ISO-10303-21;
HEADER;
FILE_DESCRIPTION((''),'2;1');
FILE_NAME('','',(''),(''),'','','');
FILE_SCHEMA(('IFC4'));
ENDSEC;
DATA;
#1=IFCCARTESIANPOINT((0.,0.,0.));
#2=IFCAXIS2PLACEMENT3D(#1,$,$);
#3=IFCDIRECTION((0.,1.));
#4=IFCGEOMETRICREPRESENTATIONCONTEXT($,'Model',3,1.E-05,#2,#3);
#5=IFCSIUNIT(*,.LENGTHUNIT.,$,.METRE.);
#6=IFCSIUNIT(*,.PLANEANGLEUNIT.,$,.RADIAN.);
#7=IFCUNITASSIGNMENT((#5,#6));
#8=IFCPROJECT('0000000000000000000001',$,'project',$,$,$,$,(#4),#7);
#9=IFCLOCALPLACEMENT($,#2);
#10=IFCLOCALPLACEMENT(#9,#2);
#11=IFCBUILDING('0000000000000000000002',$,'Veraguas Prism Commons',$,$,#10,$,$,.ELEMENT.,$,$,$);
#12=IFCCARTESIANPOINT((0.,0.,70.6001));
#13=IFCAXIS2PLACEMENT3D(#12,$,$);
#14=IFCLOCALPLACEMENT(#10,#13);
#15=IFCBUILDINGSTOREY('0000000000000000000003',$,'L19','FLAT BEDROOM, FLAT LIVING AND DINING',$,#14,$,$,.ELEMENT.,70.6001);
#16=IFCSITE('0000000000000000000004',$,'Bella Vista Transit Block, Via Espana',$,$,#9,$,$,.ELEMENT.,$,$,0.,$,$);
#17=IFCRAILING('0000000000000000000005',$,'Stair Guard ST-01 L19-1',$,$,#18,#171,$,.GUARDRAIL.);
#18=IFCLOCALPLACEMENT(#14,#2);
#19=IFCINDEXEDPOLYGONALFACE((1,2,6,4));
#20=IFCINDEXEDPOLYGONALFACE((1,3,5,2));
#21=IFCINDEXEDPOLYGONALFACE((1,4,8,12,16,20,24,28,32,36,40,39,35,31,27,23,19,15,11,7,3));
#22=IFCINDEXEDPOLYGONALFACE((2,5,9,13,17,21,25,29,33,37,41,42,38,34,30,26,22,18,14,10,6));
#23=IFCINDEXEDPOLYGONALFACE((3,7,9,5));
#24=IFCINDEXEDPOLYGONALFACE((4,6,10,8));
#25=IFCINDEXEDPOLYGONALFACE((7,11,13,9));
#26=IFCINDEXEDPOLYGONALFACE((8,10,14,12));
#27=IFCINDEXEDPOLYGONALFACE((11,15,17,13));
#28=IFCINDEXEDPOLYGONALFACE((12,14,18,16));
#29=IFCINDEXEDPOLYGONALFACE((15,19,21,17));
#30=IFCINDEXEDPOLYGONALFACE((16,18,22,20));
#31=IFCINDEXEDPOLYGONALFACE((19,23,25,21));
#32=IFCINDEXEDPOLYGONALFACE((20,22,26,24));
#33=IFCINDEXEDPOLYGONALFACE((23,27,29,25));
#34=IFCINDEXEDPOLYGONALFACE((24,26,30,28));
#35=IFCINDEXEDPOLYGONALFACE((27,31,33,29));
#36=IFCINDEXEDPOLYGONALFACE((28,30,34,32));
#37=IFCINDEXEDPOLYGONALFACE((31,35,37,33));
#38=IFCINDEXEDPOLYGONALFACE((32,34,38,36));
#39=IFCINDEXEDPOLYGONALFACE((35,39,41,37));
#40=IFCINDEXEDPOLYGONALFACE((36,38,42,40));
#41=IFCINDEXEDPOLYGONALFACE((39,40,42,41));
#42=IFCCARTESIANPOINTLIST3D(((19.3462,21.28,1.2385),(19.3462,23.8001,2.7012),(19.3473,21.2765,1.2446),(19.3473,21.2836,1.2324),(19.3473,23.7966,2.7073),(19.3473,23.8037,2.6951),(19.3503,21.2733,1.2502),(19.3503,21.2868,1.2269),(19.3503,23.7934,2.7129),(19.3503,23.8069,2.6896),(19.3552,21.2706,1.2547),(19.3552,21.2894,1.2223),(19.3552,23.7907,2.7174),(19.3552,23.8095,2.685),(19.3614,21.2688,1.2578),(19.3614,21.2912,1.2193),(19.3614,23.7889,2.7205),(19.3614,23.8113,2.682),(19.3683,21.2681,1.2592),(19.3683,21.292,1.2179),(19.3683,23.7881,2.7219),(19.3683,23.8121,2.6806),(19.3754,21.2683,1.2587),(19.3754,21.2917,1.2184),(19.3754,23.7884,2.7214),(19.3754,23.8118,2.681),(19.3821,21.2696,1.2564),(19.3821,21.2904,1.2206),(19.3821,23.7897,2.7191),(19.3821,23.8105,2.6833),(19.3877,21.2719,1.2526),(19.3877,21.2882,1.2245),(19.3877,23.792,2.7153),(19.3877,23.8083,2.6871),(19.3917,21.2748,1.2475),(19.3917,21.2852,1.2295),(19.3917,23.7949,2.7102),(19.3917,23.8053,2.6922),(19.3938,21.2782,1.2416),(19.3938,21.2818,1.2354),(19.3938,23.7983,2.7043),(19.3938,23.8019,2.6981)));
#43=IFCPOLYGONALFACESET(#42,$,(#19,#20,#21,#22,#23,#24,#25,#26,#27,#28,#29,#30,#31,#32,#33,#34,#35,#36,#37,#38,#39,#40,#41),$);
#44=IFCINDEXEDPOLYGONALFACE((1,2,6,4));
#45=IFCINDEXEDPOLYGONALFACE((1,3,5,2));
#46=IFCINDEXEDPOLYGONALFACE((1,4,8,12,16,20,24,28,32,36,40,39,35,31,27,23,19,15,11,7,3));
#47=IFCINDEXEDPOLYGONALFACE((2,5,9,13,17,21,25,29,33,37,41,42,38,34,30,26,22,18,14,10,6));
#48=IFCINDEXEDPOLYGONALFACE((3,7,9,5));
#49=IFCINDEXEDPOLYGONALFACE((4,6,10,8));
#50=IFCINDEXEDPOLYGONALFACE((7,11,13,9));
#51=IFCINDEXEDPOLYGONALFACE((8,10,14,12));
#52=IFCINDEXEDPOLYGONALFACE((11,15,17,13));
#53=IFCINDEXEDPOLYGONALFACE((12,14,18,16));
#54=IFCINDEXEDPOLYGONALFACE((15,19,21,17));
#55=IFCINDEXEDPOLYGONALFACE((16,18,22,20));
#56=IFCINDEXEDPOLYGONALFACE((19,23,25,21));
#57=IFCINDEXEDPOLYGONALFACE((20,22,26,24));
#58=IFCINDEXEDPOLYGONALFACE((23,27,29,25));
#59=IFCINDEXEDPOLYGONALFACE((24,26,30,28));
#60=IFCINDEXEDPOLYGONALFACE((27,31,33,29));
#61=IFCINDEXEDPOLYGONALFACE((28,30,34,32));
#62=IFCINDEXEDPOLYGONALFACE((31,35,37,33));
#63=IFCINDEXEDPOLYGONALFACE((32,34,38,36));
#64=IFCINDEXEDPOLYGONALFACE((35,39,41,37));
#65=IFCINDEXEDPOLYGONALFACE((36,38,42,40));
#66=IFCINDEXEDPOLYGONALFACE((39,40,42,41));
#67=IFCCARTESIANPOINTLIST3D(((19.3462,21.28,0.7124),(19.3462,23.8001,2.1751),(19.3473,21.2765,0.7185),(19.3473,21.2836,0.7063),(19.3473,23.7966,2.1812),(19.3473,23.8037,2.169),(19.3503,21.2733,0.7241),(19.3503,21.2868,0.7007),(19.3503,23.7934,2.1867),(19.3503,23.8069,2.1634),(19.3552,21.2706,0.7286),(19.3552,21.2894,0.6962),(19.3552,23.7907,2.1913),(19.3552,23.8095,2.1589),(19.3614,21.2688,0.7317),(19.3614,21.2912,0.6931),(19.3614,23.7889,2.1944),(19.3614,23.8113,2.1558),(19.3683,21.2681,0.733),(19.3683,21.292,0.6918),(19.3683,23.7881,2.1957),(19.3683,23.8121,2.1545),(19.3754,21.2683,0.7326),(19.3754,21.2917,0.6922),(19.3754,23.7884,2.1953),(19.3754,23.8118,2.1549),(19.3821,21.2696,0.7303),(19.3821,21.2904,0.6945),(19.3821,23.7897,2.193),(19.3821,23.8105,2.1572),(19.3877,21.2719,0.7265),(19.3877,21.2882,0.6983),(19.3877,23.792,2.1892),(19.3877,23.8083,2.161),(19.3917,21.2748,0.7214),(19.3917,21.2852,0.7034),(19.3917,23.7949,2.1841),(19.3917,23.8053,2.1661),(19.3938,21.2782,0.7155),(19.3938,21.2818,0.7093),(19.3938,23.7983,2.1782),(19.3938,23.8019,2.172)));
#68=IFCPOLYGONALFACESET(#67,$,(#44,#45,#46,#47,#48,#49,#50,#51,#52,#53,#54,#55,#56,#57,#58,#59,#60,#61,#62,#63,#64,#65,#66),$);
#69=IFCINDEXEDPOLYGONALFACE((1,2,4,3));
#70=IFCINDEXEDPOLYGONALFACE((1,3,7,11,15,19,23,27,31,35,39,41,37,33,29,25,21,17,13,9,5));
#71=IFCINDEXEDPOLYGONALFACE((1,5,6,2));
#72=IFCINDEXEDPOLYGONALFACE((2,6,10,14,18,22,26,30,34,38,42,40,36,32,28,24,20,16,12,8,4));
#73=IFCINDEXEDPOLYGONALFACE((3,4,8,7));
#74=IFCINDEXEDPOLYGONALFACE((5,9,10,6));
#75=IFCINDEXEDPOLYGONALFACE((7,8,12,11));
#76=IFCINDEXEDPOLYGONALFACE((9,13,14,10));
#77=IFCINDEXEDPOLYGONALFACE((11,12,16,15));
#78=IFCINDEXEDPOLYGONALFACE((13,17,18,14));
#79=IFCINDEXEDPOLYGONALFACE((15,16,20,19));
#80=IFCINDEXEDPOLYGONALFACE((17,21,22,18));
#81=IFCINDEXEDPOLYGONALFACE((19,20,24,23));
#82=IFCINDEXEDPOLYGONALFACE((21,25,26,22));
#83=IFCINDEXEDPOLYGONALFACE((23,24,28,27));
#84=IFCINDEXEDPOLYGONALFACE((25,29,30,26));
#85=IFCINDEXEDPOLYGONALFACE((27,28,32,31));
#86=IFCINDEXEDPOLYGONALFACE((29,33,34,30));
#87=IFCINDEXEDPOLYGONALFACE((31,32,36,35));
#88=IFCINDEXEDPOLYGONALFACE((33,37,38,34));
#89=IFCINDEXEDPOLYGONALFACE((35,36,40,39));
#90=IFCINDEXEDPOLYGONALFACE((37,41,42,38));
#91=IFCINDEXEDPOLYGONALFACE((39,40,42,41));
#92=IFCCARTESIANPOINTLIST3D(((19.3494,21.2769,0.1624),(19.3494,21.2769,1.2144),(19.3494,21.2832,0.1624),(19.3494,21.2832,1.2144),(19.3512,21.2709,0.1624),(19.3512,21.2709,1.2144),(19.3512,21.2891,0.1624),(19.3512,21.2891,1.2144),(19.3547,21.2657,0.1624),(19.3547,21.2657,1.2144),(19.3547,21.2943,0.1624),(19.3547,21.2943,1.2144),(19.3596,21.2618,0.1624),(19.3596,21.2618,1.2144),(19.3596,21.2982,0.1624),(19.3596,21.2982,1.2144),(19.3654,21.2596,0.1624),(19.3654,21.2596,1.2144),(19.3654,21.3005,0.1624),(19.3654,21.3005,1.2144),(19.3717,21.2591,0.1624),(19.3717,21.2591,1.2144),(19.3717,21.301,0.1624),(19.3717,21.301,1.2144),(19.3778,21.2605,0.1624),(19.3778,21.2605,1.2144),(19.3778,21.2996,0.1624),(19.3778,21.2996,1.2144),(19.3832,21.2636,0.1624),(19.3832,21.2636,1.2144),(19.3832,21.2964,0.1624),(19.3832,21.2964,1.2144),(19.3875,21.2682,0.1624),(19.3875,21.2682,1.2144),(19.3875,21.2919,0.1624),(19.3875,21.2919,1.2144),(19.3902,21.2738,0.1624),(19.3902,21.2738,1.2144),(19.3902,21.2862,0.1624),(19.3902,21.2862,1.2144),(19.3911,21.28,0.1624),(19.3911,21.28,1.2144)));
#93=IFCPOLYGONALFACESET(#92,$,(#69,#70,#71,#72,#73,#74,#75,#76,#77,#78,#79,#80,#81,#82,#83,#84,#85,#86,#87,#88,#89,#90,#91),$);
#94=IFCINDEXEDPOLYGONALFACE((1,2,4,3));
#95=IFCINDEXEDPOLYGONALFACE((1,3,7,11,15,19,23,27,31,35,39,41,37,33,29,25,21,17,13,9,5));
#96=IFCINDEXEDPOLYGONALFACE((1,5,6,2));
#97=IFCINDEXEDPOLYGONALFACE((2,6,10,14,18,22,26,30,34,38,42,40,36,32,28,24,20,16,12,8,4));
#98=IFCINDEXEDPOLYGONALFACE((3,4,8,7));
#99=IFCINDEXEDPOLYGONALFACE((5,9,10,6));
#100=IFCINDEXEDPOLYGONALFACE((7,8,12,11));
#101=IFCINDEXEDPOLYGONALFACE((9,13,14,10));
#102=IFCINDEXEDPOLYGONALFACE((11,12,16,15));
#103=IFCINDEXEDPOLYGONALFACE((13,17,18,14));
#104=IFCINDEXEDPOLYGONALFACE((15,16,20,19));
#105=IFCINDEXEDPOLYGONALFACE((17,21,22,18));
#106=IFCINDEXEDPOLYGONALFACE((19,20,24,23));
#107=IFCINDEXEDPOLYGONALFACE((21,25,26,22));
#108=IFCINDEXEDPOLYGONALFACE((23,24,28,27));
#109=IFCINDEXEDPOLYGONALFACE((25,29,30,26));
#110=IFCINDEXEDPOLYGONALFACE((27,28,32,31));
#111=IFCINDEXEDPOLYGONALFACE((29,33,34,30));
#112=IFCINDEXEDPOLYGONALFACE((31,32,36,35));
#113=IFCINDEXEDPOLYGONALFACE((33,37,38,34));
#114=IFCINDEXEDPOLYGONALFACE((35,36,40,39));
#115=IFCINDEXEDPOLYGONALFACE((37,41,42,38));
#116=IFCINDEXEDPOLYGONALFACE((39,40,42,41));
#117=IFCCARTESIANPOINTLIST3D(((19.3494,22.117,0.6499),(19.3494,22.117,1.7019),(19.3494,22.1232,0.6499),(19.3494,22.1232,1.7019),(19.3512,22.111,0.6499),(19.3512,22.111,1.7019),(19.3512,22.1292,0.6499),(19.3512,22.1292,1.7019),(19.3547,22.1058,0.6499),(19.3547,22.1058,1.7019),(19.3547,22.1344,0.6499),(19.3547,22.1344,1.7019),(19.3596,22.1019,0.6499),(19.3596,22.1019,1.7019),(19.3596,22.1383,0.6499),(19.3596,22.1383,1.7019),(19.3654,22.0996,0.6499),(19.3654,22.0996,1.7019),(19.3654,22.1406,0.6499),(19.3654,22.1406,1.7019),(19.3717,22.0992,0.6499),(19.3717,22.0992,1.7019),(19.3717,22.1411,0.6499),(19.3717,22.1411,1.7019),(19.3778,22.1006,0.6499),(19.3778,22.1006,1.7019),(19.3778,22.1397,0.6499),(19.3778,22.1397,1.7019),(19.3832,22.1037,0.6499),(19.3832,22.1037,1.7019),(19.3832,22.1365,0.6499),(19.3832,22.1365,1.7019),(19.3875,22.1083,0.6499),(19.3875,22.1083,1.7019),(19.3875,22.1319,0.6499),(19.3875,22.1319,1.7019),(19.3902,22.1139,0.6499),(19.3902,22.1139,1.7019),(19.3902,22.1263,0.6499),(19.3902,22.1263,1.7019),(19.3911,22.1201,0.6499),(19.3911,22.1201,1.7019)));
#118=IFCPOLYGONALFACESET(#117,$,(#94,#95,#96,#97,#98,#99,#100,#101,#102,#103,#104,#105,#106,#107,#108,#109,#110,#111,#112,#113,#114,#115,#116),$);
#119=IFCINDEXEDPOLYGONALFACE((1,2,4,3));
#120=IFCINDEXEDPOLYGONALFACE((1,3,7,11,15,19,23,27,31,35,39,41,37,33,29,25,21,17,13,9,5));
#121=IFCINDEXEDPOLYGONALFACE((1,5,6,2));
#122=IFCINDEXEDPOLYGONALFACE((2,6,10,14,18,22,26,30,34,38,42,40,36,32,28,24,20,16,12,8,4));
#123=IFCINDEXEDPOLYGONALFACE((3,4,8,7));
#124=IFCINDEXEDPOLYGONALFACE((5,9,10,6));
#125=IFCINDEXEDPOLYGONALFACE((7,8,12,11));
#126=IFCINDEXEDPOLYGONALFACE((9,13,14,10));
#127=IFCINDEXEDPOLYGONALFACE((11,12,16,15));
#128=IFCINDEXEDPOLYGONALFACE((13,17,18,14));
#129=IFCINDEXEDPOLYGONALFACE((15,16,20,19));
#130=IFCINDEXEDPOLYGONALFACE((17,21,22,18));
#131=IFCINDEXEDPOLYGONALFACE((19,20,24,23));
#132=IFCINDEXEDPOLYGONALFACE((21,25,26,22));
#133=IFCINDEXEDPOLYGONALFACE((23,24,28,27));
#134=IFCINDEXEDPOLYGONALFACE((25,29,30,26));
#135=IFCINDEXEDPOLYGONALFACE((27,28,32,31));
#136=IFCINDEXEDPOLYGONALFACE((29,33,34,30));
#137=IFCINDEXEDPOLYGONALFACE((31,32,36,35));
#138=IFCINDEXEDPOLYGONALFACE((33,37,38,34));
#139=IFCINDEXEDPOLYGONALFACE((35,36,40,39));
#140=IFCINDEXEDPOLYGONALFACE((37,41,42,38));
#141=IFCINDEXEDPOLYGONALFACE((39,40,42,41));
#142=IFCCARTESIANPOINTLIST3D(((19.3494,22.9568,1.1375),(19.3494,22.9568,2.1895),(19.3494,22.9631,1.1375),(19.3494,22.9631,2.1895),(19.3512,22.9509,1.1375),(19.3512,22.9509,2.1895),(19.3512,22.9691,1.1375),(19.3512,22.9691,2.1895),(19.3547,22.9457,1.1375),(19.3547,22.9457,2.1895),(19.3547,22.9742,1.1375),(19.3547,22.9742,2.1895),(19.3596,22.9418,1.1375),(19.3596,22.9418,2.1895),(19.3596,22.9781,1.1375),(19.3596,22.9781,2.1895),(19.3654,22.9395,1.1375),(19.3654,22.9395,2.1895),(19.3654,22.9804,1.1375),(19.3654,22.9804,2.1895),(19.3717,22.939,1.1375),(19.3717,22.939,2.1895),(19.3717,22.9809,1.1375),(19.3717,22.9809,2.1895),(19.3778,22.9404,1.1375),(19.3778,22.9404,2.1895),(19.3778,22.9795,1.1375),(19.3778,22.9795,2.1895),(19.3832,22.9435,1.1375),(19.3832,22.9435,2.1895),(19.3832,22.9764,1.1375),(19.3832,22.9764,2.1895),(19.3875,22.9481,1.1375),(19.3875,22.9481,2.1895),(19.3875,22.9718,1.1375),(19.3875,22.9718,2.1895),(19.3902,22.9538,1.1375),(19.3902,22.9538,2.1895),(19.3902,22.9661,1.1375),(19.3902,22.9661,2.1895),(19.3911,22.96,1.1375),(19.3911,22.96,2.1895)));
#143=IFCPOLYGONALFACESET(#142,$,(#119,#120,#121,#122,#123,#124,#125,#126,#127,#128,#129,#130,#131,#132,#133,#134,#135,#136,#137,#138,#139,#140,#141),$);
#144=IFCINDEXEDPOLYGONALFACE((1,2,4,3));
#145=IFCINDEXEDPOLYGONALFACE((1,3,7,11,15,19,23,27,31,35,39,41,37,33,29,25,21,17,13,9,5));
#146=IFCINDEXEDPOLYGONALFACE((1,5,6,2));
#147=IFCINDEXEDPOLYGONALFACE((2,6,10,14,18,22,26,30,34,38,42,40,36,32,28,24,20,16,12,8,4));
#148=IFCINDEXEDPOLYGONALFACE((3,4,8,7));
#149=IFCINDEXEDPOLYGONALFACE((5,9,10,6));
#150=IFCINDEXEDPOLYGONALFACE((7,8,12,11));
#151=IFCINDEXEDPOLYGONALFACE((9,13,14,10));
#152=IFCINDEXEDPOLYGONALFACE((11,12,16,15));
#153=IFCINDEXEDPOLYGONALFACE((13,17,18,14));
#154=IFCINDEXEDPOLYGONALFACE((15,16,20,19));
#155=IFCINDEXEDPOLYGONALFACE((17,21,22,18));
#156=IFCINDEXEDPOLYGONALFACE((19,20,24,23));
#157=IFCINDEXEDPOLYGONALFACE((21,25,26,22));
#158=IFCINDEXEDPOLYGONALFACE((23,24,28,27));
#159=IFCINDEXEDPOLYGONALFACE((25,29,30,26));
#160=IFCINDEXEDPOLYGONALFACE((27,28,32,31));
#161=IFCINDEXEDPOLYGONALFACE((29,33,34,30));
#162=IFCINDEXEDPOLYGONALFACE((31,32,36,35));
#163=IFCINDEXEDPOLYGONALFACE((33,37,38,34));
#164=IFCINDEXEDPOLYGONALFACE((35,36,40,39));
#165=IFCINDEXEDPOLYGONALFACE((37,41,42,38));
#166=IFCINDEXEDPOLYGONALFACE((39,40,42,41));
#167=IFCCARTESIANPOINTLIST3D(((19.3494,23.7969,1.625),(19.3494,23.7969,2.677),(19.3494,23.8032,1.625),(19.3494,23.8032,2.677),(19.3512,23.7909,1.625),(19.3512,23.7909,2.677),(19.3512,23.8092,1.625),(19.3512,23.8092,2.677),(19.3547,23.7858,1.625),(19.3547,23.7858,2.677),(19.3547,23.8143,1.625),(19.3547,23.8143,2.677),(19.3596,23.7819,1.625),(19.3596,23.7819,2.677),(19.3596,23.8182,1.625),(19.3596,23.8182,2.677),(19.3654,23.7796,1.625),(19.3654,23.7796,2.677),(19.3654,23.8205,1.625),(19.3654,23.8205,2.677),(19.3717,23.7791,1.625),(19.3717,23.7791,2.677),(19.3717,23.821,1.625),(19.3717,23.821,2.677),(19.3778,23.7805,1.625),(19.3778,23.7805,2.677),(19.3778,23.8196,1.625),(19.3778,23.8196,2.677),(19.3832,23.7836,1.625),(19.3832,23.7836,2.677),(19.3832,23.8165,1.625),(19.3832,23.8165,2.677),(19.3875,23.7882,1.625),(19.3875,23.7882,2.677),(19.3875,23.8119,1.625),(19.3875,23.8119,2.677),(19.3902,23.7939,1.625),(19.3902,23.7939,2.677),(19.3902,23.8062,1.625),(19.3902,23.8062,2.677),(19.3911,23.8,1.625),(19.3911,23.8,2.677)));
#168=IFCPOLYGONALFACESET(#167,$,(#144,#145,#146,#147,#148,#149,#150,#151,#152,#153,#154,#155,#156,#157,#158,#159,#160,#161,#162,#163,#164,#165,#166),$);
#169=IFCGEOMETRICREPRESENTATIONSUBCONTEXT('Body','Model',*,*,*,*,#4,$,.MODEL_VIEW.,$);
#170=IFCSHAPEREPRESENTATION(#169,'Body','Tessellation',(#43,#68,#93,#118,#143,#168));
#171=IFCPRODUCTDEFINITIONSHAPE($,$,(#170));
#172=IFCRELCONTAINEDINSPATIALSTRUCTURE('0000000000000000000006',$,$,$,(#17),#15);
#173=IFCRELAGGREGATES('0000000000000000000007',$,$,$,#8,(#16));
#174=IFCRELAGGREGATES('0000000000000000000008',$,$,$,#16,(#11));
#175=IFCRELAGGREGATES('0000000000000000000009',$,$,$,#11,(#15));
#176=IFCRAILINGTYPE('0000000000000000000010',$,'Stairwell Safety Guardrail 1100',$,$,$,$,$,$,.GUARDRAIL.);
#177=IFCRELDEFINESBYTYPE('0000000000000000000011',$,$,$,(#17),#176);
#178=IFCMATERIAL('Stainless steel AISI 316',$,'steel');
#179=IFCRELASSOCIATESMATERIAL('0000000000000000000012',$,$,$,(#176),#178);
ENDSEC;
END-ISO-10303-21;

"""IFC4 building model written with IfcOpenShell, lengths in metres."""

from ifc_helpers import new_model, si_unit, direction, frame, origin, origin_2d, place, context, subcontext, project, spatial, circle, extrude, material, type_object, element, save


model = new_model("IFC4")

# Units and contexts
model_context = context("Model", 3, precision=1e-05, world=origin(), true_north=direction((0.0, 1.0)))
body_context = subcontext(model_context, "Body", "Model", "MODEL_VIEW")
ifc_project = project(units=[si_unit("LENGTHUNIT", "METRE"), si_unit("PLANEANGLEUNIT", "RADIAN")], contexts=[model_context])

# Site, building, storey
site_placement = place(None, origin())
site = spatial("IfcSite", under=ifc_project, at=site_placement, Name="Bella Vista Transit Block, Via Espana", CompositionType="ELEMENT", RefElevation=0.0)
building_placement = place(site_placement, origin())
building = spatial("IfcBuilding", under=site, at=building_placement, Name="Veraguas Prism Commons", CompositionType="ELEMENT")
storey_placement = place(building_placement, frame((0.0, 0.0, 70.6001)))
storey = spatial("IfcBuildingStorey", under=building, at=storey_placement, Name="L19", Description="FLAT BEDROOM, FLAT LIVING AND DINING", CompositionType="ELEMENT", Elevation=70.6001)

# Railing
ifc_material_1 = material(Name="Stainless steel AISI 316", Category="steel")
railing_type_1 = type_object("IfcRailingType", Name="Stairwell Safety Guardrail 1100", PredefinedType="GUARDRAIL", material=ifc_material_1)
railing_1_placement = place(storey_placement, frame((19.3701, 21.28, 0.1624)))
element("IfcRailing", 1, at=railing_1_placement, inside=storey, type_object=railing_type_1, Name="Stair Guard ST-01 L19-1", PredefinedType="GUARDRAIL", context=body_context, shape_type="SweptSolid", body=[
    extrude(circle(Radius=0.0239, at=origin_2d()), frame((0.0, 0.0, 1.0762), z_axis=(0.0, 0.864877, 0.501984), x_axis=(-1.0, 0.0, 0.0)), (0.0, 0.0, 1.0), 2.9138),
    extrude(circle(Radius=0.0239, at=origin_2d()), frame((0.0, 0.0, 0.55), z_axis=(0.0, 0.864877, 0.501984), x_axis=(-1.0, 0.0, 0.0)), (0.0, 0.0, 1.0), 2.9138),
    extrude(circle(Radius=0.021, at=origin_2d()), origin(), (0.0, 0.0, 1.0), 1.052),
    extrude(circle(Radius=0.021, at=origin_2d()), frame((0.0, 0.8401, 0.4875)), (0.0, 0.0, 1.0), 1.052),
    extrude(circle(Radius=0.021, at=origin_2d()), frame((0.0, 1.6799, 0.9751)), (0.0, 0.0, 1.0), 1.052),
    extrude(circle(Radius=0.021, at=origin_2d()), frame((0.0, 2.52, 1.4626)), (0.0, 0.0, 1.0), 1.052),
])

save(model, "model.ifc")
